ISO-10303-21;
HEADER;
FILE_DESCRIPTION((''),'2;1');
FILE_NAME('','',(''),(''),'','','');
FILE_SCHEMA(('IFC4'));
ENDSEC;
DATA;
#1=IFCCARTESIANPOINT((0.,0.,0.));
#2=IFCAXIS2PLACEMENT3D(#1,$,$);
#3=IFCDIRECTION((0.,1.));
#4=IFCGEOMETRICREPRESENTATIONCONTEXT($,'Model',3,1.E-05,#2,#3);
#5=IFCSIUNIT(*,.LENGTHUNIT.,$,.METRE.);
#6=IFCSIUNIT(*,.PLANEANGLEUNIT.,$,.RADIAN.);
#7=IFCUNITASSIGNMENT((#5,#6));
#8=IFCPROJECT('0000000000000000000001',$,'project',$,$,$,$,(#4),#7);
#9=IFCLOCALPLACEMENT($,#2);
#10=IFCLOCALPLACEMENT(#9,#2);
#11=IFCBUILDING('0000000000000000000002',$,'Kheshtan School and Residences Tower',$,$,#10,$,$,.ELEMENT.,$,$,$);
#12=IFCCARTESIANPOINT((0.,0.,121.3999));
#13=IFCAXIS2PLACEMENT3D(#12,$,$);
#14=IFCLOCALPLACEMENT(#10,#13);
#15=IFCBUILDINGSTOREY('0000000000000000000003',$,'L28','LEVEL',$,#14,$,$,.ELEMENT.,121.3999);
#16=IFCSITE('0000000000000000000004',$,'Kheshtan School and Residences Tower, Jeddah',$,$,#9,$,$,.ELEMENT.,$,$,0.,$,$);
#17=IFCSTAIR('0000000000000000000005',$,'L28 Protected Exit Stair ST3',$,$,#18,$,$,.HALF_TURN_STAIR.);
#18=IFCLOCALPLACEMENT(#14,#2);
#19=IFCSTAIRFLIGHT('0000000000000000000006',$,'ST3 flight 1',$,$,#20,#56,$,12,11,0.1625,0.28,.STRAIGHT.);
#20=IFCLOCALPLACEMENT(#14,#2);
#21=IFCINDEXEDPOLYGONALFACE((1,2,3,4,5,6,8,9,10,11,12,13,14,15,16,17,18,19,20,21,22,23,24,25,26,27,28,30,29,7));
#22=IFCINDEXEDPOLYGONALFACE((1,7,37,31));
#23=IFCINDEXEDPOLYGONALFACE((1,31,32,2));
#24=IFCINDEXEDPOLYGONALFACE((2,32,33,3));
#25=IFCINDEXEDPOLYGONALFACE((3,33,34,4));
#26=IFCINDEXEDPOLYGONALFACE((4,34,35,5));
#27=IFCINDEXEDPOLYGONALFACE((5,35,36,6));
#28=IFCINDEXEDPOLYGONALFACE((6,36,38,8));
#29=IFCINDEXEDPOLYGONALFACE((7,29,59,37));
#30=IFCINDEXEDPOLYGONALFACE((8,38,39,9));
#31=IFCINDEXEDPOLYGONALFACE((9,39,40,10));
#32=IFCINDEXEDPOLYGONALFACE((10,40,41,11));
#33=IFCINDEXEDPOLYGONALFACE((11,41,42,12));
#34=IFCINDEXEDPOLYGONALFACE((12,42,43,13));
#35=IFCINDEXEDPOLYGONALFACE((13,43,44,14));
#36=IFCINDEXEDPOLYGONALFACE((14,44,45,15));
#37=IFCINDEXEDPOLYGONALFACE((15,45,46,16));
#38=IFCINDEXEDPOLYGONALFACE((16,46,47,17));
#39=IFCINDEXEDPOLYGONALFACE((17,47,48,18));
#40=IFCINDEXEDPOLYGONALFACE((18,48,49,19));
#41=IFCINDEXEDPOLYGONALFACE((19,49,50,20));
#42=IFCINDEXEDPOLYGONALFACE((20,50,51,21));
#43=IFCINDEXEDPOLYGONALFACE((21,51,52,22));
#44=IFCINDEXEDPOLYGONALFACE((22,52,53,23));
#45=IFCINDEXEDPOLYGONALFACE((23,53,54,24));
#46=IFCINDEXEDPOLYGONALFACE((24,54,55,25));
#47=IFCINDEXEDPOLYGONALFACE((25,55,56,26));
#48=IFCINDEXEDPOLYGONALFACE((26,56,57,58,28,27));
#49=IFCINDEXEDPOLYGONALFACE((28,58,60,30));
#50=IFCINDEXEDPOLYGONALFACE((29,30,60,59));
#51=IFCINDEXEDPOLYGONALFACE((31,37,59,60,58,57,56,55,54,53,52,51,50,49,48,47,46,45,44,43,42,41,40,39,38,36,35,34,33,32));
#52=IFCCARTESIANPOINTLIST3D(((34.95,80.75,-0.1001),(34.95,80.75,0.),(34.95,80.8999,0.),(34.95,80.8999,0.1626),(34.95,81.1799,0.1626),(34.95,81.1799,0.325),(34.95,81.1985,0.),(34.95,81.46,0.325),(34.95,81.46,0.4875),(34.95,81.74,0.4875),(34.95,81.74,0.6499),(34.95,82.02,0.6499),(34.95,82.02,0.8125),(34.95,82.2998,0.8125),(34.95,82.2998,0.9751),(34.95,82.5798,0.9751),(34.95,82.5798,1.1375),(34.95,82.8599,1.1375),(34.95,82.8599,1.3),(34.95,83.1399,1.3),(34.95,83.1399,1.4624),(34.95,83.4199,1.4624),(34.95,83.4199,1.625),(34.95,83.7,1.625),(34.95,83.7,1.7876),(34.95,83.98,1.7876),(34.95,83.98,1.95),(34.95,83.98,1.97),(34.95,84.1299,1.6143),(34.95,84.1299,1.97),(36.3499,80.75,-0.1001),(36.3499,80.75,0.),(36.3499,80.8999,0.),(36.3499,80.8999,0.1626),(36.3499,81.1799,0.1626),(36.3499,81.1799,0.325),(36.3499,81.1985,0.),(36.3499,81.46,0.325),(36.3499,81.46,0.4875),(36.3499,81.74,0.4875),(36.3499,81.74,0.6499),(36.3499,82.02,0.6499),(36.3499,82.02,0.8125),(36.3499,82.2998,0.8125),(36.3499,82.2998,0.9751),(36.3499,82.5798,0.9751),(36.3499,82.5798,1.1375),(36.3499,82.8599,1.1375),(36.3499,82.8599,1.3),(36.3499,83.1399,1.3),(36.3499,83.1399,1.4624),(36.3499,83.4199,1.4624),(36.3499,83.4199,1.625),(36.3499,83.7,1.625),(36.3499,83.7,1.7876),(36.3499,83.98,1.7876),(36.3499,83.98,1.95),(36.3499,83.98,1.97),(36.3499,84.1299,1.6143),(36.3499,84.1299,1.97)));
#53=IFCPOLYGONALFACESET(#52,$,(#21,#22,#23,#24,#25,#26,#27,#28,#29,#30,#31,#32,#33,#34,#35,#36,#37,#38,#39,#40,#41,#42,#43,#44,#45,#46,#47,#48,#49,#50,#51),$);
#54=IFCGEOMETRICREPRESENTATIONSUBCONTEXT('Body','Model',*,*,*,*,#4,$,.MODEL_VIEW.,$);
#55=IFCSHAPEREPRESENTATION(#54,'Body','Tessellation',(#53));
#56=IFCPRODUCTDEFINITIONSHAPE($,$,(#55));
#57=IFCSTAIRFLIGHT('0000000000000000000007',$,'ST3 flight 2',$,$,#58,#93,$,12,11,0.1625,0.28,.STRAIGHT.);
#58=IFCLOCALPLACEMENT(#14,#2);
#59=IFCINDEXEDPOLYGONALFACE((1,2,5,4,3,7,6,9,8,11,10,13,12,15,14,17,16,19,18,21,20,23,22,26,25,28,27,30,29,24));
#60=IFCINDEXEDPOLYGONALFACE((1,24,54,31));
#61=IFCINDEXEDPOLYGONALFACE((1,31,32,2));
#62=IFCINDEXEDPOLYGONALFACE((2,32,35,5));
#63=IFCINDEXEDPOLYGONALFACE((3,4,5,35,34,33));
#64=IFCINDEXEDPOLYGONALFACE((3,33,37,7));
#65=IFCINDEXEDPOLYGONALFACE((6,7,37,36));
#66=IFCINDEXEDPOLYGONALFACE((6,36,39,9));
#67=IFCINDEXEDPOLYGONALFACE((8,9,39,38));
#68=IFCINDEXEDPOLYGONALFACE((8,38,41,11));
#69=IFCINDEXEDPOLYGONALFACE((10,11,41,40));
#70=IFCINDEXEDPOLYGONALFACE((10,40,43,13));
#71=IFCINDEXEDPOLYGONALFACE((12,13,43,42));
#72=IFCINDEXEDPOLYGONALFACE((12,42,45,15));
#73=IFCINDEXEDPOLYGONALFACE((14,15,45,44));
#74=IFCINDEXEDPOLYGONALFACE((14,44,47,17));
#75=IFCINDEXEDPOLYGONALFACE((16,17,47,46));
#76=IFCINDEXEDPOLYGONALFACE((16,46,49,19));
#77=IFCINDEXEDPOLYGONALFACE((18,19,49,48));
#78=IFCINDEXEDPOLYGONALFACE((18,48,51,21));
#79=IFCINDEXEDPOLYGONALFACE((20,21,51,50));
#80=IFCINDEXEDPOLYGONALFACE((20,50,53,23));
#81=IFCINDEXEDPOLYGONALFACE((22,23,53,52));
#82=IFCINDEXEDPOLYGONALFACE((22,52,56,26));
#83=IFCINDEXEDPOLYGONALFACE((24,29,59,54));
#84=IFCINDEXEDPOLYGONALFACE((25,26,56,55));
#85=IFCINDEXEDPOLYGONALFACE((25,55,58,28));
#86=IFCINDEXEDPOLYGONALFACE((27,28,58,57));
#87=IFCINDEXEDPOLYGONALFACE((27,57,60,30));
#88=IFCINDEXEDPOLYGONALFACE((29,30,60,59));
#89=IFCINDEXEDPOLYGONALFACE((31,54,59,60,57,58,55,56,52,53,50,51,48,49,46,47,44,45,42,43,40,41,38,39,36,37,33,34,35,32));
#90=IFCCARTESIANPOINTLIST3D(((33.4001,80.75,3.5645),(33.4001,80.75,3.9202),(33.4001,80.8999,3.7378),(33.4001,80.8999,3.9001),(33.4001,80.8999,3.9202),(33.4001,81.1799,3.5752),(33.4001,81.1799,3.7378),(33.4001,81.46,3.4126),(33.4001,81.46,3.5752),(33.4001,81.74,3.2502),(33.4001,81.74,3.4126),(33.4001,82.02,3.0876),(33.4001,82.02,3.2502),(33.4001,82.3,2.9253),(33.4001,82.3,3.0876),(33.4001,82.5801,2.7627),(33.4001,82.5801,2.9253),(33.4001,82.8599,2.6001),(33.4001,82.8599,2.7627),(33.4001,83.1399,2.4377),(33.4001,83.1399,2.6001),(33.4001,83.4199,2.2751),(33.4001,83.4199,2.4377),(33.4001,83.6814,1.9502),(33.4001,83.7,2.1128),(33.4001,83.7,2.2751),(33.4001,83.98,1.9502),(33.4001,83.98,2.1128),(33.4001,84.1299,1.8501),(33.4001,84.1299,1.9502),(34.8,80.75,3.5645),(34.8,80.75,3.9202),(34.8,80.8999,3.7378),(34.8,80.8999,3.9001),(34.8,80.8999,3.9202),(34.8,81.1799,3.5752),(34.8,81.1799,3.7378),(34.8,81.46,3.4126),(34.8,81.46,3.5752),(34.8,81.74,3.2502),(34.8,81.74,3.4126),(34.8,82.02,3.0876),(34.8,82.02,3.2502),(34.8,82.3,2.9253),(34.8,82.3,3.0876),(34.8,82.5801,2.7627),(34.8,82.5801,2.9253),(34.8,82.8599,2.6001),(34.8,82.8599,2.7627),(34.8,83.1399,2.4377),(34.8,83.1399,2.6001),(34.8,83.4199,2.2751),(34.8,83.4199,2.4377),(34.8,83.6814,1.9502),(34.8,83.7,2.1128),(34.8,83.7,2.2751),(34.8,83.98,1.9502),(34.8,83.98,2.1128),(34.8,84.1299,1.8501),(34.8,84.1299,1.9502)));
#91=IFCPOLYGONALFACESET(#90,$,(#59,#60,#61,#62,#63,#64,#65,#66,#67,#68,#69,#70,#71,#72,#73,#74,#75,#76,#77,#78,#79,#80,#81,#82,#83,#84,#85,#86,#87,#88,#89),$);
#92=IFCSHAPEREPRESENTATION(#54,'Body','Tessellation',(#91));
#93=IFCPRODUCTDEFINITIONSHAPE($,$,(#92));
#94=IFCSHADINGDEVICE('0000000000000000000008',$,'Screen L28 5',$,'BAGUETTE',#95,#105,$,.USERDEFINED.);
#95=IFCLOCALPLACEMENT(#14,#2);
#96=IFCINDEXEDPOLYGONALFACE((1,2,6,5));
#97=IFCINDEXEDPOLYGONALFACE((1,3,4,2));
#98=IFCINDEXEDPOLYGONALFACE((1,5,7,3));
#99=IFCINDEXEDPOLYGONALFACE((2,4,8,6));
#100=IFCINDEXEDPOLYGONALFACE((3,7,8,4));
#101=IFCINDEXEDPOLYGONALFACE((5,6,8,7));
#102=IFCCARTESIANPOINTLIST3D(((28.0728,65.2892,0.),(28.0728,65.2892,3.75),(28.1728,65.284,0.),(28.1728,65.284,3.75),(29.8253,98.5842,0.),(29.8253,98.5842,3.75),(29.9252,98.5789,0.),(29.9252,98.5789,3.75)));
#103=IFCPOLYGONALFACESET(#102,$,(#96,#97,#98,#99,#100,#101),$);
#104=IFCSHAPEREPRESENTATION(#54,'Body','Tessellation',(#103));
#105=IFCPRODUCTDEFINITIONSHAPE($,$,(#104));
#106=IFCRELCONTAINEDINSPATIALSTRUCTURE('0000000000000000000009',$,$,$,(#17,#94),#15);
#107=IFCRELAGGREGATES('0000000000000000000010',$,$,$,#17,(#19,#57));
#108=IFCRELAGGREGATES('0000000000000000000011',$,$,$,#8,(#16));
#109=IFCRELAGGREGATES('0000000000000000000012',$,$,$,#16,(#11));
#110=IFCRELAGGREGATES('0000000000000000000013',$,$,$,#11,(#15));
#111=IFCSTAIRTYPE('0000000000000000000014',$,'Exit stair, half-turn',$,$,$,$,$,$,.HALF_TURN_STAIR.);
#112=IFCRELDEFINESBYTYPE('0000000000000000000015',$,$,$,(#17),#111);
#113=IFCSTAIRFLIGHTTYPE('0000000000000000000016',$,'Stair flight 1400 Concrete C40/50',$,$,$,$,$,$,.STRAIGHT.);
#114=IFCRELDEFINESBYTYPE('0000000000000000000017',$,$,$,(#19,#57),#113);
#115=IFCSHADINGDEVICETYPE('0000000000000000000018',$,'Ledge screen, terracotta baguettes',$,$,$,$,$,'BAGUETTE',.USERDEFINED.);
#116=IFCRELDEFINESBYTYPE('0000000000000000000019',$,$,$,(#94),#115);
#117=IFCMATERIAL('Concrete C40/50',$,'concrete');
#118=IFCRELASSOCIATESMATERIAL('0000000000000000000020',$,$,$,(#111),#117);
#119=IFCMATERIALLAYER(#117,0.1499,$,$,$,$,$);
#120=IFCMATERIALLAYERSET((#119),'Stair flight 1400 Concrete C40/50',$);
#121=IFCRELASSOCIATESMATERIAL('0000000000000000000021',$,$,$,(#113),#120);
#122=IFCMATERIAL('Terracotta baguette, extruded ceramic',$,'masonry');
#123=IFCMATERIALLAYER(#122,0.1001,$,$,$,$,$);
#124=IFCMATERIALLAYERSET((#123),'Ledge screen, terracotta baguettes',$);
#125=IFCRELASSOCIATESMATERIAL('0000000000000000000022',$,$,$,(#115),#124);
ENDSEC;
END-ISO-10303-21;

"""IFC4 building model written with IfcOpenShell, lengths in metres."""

from ifc_helpers import new_model, si_unit, direction, frame, origin, origin_2d, place, context, subcontext, project, spatial, polyline, rectangle, outline, extrude, material, layer, layer_set, type_object, element, aggregate, save


model = new_model("IFC4")

# Units and contexts
model_context = context("Model", 3, precision=1e-05, world=origin(), true_north=direction((0.0, 1.0)))
body_context = subcontext(model_context, "Body", "Model", "MODEL_VIEW")
ifc_project = project(units=[si_unit("LENGTHUNIT", "METRE"), si_unit("PLANEANGLEUNIT", "RADIAN")], contexts=[model_context])

# Site, building, storey
site_placement = place(None, origin())
site = spatial("IfcSite", under=ifc_project, at=site_placement, Name="Kheshtan School and Residences Tower, Jeddah", CompositionType="ELEMENT", RefElevation=0.0)
building_placement = place(site_placement, origin())
building = spatial("IfcBuilding", under=site, at=building_placement, Name="Kheshtan School and Residences Tower", CompositionType="ELEMENT")
storey_placement = place(building_placement, frame((0.0, 0.0, 121.3999)))
storey = spatial("IfcBuildingStorey", under=building, at=storey_placement, Name="L28", Description="LEVEL", CompositionType="ELEMENT", Elevation=121.3999)

# Shared definitions
ifc_material_1 = material(Name="Concrete C40/50", Category="concrete")

# Stair, stair flights
stair_type = type_object("IfcStairType", Name="Exit stair, half-turn", PredefinedType="HALF_TURN_STAIR", material=ifc_material_1)
stair_placement = place(storey_placement, origin())
stair = element("IfcStair", 1, at=stair_placement, inside=storey, type_object=stair_type, Name="L28 Protected Exit Stair ST3", PredefinedType="HALF_TURN_STAIR")
ifc_layer_1 = layer(ifc_material_1, 0.1499)
ifc_layer_set_1 = layer_set([ifc_layer_1], Name="Stair flight 1400 Concrete C40/50")
stair_flight_type = type_object("IfcStairFlightType", Name="Stair flight 1400 Concrete C40/50", PredefinedType="STRAIGHT", material=ifc_layer_set_1)
stair_flight_1_placement = place(storey_placement, frame((35.6499, 80.8999, 0.0), z_axis=(0.0, 0.0, 1.0), x_axis=(0.0, 1.0, 0.0)))
stair_flight_1 = element("IfcStairFlight", 2, at=stair_flight_1_placement, type_object=stair_flight_type, Name="ST3 flight 1", NumberOfRisers=12, NumberOfTreads=11, PredefinedType="STRAIGHT", RiserHeight=0.1625, TreadLength=0.28, context=body_context, shape_type="SweptSolid", body=[
    extrude(outline(polyline([(-0.1499, -0.1001), (-0.1499, 0.0), (0.0, 0.0), (0.0, 0.1626), (0.28, 0.1626), (0.28, 0.325), (0.5601, 0.325), (0.5601, 0.4875), (0.8401, 0.4875), (0.8401, 0.6499), (1.1201, 0.6499), (1.1201, 0.8125), (1.3999, 0.8125), (1.3999, 0.9751), (1.6799, 0.9751), (1.6799, 1.1375), (1.96, 1.1375), (1.96, 1.3), (2.24, 1.3), (2.24, 1.4624), (2.52, 1.4624), (2.52, 1.625), (2.8, 1.625), (2.8, 1.7876), (3.0801, 1.7876), (3.0801, 1.95), (3.0801, 1.97), (3.23, 1.97), (3.23, 1.6143), (0.2986, 0.0), (-0.1499, -0.1001)])), frame((0.0, 0.7, 0.0), z_axis=(0.0, -1.0, 0.0), x_axis=(1.0, 0.0, 0.0)), (0.0, 0.0, 1.0), 1.3999),
])
stair_flight_2_placement = place(storey_placement, frame((34.1001, 83.98, 1.9502), z_axis=(0.0, 0.0, 1.0), x_axis=(0.0, -1.0, 0.0)))
stair_flight_2 = element("IfcStairFlight", 3, at=stair_flight_2_placement, type_object=stair_flight_type, Name="ST3 flight 2", NumberOfRisers=12, NumberOfTreads=11, PredefinedType="STRAIGHT", RiserHeight=0.1625, TreadLength=0.28, context=body_context, shape_type="SweptSolid", body=[
    extrude(outline(polyline([(-0.1499, -0.1001), (-0.1499, 0.0), (0.0, 0.0), (0.0, 0.1626), (0.28, 0.1626), (0.28, 0.325), (0.5601, 0.325), (0.5601, 0.4875), (0.8401, 0.4875), (0.8401, 0.6499), (1.1201, 0.6499), (1.1201, 0.8125), (1.3999, 0.8125), (1.3999, 0.9751), (1.6799, 0.9751), (1.6799, 1.1375), (1.96, 1.1375), (1.96, 1.3), (2.24, 1.3), (2.24, 1.4624), (2.52, 1.4624), (2.52, 1.625), (2.8, 1.625), (2.8, 1.7876), (3.0801, 1.7876), (3.0801, 1.95), (3.0801, 1.97), (3.23, 1.97), (3.23, 1.6143), (0.2986, 0.0), (-0.1499, -0.1001)])), frame((0.0, 0.7, 0.0), z_axis=(0.0, -1.0, 0.0), x_axis=(1.0, 0.0, 0.0)), (0.0, 0.0, 1.0), 1.3999),
])
aggregate(stair, [stair_flight_1, stair_flight_2])

# Shading device
ifc_material_2 = material(Name="Terracotta baguette, extruded ceramic", Category="masonry")
ifc_layer_2 = layer(ifc_material_2, 0.1001)
ifc_layer_set_2 = layer_set([ifc_layer_2], Name="Ledge screen, terracotta baguettes")
shading_device_type = type_object("IfcShadingDeviceType", Name="Ledge screen, terracotta baguettes", ElementType="BAGUETTE", PredefinedType="USERDEFINED", material=ifc_layer_set_2)
shading_device_placement = place(storey_placement, frame((28.999, 81.9341, 0.0), z_axis=(0.0, 0.0, 1.0), x_axis=(0.052563, 0.998618, 0.0)))
element("IfcShadingDevice", 4, at=shading_device_placement, inside=storey, type_object=shading_device_type, Name="Screen L28 5", ObjectType="BAGUETTE", PredefinedType="USERDEFINED", context=body_context, shape_type="SweptSolid", body=[
    extrude(rectangle(XDim=33.3411, YDim=0.1001, at=origin_2d()), origin(), (0.0, 0.0, 1.0), 3.75),
])

save(model, "model.ifc")
